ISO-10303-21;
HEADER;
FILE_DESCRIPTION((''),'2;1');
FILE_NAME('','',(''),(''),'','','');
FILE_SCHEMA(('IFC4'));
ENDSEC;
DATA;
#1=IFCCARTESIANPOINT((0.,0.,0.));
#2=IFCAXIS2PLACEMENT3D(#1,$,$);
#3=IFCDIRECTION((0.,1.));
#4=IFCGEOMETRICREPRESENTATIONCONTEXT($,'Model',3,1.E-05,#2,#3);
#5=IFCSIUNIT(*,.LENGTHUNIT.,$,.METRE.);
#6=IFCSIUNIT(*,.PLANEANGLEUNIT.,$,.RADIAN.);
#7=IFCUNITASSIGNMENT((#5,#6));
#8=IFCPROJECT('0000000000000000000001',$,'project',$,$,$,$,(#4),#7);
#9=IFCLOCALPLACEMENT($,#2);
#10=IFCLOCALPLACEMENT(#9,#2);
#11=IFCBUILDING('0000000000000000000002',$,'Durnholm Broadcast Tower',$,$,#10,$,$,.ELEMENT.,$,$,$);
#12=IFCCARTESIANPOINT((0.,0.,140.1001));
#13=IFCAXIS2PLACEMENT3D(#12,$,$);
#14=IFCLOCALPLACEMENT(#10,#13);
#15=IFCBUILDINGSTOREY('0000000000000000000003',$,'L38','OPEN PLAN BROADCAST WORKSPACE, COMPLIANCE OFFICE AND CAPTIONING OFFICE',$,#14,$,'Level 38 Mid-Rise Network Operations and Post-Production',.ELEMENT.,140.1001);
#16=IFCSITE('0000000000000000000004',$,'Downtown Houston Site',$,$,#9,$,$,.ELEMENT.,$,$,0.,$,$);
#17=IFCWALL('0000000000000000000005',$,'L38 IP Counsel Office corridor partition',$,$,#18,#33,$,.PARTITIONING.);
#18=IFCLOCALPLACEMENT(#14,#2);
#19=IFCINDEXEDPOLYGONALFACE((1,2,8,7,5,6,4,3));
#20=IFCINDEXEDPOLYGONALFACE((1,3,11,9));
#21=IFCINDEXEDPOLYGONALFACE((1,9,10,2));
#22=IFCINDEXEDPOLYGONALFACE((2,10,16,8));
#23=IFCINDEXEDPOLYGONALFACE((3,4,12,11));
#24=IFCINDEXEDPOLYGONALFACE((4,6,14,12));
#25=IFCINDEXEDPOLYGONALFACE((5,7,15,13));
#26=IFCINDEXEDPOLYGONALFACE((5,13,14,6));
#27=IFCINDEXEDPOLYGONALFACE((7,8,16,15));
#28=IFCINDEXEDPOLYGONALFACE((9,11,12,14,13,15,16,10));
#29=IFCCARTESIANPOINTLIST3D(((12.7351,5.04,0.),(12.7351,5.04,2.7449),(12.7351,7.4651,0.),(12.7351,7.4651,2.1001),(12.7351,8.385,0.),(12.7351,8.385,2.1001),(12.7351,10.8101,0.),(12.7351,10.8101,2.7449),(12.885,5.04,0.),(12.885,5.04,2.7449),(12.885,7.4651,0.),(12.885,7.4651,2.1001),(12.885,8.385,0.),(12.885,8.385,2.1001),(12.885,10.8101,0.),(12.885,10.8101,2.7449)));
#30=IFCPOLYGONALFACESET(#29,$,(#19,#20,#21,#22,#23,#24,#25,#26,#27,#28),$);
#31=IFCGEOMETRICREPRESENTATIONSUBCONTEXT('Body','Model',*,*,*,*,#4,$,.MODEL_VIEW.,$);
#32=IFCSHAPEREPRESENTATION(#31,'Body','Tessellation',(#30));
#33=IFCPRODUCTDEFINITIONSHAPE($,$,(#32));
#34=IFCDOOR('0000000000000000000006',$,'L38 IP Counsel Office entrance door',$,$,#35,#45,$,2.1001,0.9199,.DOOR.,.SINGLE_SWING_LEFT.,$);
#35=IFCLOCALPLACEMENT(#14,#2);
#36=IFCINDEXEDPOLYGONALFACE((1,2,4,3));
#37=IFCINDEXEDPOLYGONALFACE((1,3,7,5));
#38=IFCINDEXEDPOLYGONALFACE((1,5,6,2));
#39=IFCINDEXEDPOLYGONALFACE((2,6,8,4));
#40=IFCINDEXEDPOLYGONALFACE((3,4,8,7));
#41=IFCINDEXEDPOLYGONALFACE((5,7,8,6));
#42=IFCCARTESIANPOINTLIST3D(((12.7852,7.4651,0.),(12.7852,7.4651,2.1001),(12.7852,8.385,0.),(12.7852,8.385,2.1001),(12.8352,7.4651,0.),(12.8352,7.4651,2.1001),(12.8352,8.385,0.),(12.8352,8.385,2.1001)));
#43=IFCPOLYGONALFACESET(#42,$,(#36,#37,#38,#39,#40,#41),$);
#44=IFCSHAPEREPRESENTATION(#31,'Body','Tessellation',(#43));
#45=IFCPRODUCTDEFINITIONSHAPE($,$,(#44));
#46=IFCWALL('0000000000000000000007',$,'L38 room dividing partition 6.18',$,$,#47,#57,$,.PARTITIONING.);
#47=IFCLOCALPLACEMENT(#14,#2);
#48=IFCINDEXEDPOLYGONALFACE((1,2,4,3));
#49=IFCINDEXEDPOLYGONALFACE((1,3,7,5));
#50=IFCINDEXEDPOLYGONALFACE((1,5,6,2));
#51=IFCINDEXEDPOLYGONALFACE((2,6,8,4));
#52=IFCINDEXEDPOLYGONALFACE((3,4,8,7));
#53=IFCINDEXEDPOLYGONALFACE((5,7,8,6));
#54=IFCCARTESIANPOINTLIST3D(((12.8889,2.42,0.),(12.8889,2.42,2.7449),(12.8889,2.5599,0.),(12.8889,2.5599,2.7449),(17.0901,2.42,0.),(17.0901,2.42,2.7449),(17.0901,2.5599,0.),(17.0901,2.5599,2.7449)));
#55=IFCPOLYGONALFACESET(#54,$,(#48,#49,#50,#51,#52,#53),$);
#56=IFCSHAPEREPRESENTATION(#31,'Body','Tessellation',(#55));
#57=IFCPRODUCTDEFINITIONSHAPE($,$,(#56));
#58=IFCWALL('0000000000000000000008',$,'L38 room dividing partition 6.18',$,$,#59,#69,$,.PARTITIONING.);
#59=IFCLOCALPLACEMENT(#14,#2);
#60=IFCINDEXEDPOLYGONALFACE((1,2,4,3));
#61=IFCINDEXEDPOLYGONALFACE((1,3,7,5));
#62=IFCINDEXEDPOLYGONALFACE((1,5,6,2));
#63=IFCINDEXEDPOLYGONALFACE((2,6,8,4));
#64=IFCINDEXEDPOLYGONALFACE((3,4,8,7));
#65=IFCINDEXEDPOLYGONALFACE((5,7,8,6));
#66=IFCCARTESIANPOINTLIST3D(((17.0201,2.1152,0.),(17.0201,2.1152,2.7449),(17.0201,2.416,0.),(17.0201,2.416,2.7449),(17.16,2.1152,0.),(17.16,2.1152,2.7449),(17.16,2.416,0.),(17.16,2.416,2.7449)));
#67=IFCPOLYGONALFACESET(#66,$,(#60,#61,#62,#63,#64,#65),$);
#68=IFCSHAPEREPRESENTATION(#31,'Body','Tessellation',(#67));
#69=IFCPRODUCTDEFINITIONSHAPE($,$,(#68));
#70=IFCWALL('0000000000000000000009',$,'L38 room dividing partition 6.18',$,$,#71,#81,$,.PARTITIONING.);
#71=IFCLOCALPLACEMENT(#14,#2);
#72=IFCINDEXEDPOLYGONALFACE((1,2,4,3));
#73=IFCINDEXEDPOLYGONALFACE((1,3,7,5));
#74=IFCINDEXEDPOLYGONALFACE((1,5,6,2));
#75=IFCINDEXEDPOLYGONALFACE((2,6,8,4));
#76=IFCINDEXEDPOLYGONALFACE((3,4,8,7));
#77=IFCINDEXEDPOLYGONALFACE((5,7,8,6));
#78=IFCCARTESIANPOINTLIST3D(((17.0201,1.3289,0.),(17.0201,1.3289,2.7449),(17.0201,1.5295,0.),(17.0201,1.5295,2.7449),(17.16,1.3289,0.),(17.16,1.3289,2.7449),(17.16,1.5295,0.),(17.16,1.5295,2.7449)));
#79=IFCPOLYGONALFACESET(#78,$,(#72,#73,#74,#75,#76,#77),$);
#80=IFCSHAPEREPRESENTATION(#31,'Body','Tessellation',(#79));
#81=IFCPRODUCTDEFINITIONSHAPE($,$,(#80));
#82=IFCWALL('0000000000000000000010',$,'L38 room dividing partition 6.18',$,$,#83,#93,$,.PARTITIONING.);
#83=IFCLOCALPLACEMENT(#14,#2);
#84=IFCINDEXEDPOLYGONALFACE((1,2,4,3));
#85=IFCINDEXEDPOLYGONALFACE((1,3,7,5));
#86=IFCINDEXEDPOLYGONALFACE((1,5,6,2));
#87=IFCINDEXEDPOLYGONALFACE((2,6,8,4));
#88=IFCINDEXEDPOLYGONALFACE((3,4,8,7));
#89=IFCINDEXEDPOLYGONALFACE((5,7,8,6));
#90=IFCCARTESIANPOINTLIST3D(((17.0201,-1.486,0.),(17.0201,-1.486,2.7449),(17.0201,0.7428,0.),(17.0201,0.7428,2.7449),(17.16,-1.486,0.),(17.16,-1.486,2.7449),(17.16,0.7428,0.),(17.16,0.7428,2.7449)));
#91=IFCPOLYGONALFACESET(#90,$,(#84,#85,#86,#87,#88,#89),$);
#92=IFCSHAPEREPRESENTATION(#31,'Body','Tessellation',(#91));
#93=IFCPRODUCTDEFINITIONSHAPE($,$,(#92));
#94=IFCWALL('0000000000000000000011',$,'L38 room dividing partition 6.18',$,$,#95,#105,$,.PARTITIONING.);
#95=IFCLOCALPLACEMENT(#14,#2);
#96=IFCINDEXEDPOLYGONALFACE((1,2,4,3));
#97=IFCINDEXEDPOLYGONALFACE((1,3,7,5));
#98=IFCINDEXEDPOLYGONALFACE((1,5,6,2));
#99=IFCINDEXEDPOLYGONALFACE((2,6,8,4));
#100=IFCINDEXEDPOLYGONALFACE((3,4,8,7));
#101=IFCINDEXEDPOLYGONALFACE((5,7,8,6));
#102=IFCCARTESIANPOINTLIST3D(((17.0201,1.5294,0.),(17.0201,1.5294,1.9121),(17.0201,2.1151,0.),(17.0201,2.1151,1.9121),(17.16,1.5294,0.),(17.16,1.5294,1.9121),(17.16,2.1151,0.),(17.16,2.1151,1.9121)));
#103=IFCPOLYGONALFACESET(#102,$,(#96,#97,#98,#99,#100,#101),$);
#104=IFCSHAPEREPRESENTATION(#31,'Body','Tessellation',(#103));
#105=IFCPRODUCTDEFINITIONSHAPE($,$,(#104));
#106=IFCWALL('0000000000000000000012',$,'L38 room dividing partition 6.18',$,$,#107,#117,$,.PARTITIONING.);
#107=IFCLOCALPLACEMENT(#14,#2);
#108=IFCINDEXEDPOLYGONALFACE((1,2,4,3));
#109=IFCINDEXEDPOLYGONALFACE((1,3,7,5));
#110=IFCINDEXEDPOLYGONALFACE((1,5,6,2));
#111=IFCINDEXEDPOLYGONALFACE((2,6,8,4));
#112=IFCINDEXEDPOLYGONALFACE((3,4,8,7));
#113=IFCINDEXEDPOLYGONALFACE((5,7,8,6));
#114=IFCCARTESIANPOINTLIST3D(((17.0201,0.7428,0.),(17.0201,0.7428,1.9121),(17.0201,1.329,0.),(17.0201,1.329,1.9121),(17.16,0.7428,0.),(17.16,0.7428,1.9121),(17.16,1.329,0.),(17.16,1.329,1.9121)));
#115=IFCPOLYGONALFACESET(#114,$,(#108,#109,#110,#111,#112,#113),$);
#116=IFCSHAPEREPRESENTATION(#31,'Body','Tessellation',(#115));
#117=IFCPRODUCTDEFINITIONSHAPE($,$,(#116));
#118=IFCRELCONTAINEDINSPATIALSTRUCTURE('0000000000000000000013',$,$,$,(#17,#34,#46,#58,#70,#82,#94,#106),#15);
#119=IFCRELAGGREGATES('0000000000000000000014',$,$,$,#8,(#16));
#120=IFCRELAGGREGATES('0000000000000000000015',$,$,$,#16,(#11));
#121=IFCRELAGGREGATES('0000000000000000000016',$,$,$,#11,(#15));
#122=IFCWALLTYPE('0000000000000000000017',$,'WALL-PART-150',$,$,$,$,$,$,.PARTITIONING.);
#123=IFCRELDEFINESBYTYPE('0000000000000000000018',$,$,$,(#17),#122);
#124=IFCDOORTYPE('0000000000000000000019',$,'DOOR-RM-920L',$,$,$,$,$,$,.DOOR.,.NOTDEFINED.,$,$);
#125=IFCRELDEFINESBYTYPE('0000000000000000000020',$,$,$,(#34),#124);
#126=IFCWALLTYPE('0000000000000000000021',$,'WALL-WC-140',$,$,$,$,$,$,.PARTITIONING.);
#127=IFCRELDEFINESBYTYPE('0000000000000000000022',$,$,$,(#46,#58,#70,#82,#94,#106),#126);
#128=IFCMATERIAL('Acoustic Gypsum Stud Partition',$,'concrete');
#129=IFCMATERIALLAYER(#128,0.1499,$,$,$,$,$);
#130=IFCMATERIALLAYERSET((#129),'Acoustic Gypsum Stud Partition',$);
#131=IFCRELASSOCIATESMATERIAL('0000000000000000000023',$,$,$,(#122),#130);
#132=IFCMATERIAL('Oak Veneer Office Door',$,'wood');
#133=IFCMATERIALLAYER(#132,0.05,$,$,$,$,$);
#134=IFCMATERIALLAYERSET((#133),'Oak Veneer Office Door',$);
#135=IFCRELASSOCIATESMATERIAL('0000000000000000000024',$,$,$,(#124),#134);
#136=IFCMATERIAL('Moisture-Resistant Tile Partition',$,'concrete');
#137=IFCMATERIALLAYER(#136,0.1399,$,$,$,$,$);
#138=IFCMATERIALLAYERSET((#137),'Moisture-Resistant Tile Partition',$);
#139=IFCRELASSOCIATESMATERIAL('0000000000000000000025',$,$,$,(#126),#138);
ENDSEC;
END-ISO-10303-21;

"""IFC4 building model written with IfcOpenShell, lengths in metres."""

from ifc_helpers import new_model, si_unit, direction, frame, frame_2d, origin, place, context, subcontext, project, spatial, rectangle, extrude, source, transform, mapped, material, layer, layer_set, type_object, type_shapes, element, fill, save


model = new_model("IFC4")

# Units and contexts
model_context = context("Model", 3, precision=1e-05, world=origin(), true_north=direction((0.0, 1.0)))
body_context = subcontext(model_context, "Body", "Model", "MODEL_VIEW")
ifc_project = project(units=[si_unit("LENGTHUNIT", "METRE"), si_unit("PLANEANGLEUNIT", "RADIAN")], contexts=[model_context])

# Site, building, storey
site_placement = place(None, origin())
site = spatial("IfcSite", under=ifc_project, at=site_placement, Name="Downtown Houston Site", CompositionType="ELEMENT", RefElevation=0.0)
building_placement = place(site_placement, origin())
building = spatial("IfcBuilding", under=site, at=building_placement, Name="Durnholm Broadcast Tower", CompositionType="ELEMENT")
storey_placement = place(building_placement, frame((0.0, 0.0, 140.1001)))
storey = spatial("IfcBuildingStorey", under=building, at=storey_placement, Name="L38", Description="OPEN PLAN BROADCAST WORKSPACE, COMPLIANCE OFFICE AND CAPTIONING OFFICE", LongName="Level 38 Mid-Rise Network Operations and Post-Production", CompositionType="ELEMENT", Elevation=140.1001)

# Wall, opening, door
ifc_material_1 = material(Name="Acoustic Gypsum Stud Partition", Category="concrete")
ifc_layer_1 = layer(ifc_material_1, 0.1499)
ifc_layer_set_1 = layer_set([ifc_layer_1], Name="Acoustic Gypsum Stud Partition")
wall_type_1 = type_object("IfcWallType", Name="WALL-PART-150", PredefinedType="PARTITIONING", material=ifc_layer_set_1)
wall_1_placement = place(storey_placement, frame((12.8101, 5.04, 0.0), z_axis=(0.0, 0.0, 1.0), x_axis=(0.0, 1.0, 0.0)))
wall_1 = element("IfcWall", 1, at=wall_1_placement, inside=storey, type_object=wall_type_1, Name="L38 IP Counsel Office corridor partition", PredefinedType="PARTITIONING", context=body_context, shape_type="SweptSolid", body=[
    extrude(rectangle(XDim=5.77, YDim=0.1499, at=frame_2d((2.885, 0.0))), origin(), (0.0, 0.0, 1.0), 2.7449),
])
opening_placement = place(wall_1_placement, frame((2.425, 0.0, 0.0)))
opening = element("IfcOpeningElement", 2, at=opening_placement, cuts=wall_1, PredefinedType="OPENING", context=body_context, shape_type="SweptSolid", body=[
    extrude(rectangle(XDim=0.9199, YDim=2.1001, at=frame_2d((0.46, 1.05))), frame((0.0, 0.085, 0.0), z_axis=(0.0, -1.0, 0.0), x_axis=(1.0, 0.0, 0.0)), (0.0, 0.0, 1.0), 0.1699),
])
ifc_material_2 = material(Name="Oak Veneer Office Door", Category="wood")
ifc_layer_2 = layer(ifc_material_2, 0.05)
ifc_layer_set_2 = layer_set([ifc_layer_2], Name="Oak Veneer Office Door")
door_type = type_object("IfcDoorType", Name="DOOR-RM-920L", OperationType="NOTDEFINED", PredefinedType="DOOR", material=ifc_layer_set_2)
shared_shape_1 = source(origin(), body_context, "Body", "SweptSolid", [
    extrude(rectangle(XDim=0.9199, YDim=2.1001, at=frame_2d((0.46, 1.05))), frame((0.0, 0.0249, 0.0), z_axis=(0.0, -1.0, 0.0), x_axis=(1.0, 0.0, 0.0)), (0.0, 0.0, 1.0), 0.05),
])
type_shapes(door_type, [shared_shape_1])
door_placement = place(opening_placement, origin())
door = element("IfcDoor", 3, at=door_placement, inside=storey, type_object=door_type, Name="L38 IP Counsel Office entrance door", OperationType="SINGLE_SWING_LEFT", OverallHeight=2.1001, OverallWidth=0.9199, PredefinedType="DOOR", context=body_context, shape_type="MappedRepresentation", body=[
    mapped(shared_shape_1, transform((0.0, 0.0, 0.0), x_axis=(1.0, 0.0, 0.0), y_axis=(0.0, 1.0, 0.0), z_axis=(0.0, 0.0, 1.0), scale=1.0)),
])
fill(opening, door)

# Walls
ifc_material_3 = material(Name="Moisture-Resistant Tile Partition", Category="concrete")
ifc_layer_3 = layer(ifc_material_3, 0.1399)
ifc_layer_set_3 = layer_set([ifc_layer_3], Name="Moisture-Resistant Tile Partition")
wall_type_2 = type_object("IfcWallType", Name="WALL-WC-140", PredefinedType="PARTITIONING", material=ifc_layer_set_3)
wall_2_placement = place(storey_placement, frame((12.8889, 2.49, 0.0), z_axis=(0.0, 0.0, 1.0), x_axis=(1.0, 0.0, 0.0)))
element("IfcWall", 4, at=wall_2_placement, inside=storey, type_object=wall_type_2, Name="L38 room dividing partition 6.18", PredefinedType="PARTITIONING", context=body_context, shape_type="SweptSolid", body=[
    extrude(rectangle(XDim=4.2012, YDim=0.1399, at=frame_2d((2.1006, 0.0))), origin(), (0.0, 0.0, 1.0), 2.7449),
])
wall_3_placement = place(storey_placement, frame((17.0901, 2.416, 0.0), z_axis=(0.0, 0.0, 1.0), x_axis=(0.0, -1.0, 0.0)))
element("IfcWall", 5, at=wall_3_placement, inside=storey, type_object=wall_type_2, Name="L38 room dividing partition 6.18", PredefinedType="PARTITIONING", context=body_context, shape_type="SweptSolid", body=[
    extrude(rectangle(XDim=0.3008, YDim=0.1399, at=frame_2d((0.1504, 0.0))), origin(), (0.0, 0.0, 1.0), 2.7449),
])
wall_4_placement = place(storey_placement, frame((17.0901, 1.5295, 0.0), z_axis=(0.0, 0.0, 1.0), x_axis=(0.0, -1.0, 0.0)))
element("IfcWall", 6, at=wall_4_placement, inside=storey, type_object=wall_type_2, Name="L38 room dividing partition 6.18", PredefinedType="PARTITIONING", context=body_context, shape_type="SweptSolid", body=[
    extrude(rectangle(XDim=0.2007, YDim=0.1399, at=frame_2d((0.1003, 0.0))), origin(), (0.0, 0.0, 1.0), 2.7449),
])
wall_5_placement = place(storey_placement, frame((17.0901, 0.7427, 0.0), z_axis=(0.0, 0.0, 1.0), x_axis=(0.0, -1.0, 0.0)))
element("IfcWall", 7, at=wall_5_placement, inside=storey, type_object=wall_type_2, Name="L38 room dividing partition 6.18", PredefinedType="PARTITIONING", context=body_context, shape_type="SweptSolid", body=[
    extrude(rectangle(XDim=2.2288, YDim=0.1399, at=frame_2d((1.1143, 0.0))), origin(), (0.0, 0.0, 1.0), 2.7449),
])
wall_6_placement = place(storey_placement, frame((17.0901, 2.1152, 0.0), z_axis=(0.0, 0.0, 1.0), x_axis=(0.0, -1.0, 0.0)))
element("IfcWall", 8, at=wall_6_placement, inside=storey, type_object=wall_type_2, Name="L38 room dividing partition 6.18", PredefinedType="PARTITIONING", context=body_context, shape_type="SweptSolid", body=[
    extrude(rectangle(XDim=0.5857, YDim=0.1399, at=frame_2d((0.293, 0.0))), origin(), (0.0, 0.0, 1.0), 1.9121),
])
wall_7_placement = place(storey_placement, frame((17.0901, 1.3289, 0.0), z_axis=(0.0, 0.0, 1.0), x_axis=(0.0, -1.0, 0.0)))
element("IfcWall", 9, at=wall_7_placement, inside=storey, type_object=wall_type_2, Name="L38 room dividing partition 6.18", PredefinedType="PARTITIONING", context=body_context, shape_type="SweptSolid", body=[
    extrude(rectangle(XDim=0.5862, YDim=0.1399, at=frame_2d((0.293, 0.0))), origin(), (0.0, 0.0, 1.0), 1.9121),
])

save(model, "model.ifc")
